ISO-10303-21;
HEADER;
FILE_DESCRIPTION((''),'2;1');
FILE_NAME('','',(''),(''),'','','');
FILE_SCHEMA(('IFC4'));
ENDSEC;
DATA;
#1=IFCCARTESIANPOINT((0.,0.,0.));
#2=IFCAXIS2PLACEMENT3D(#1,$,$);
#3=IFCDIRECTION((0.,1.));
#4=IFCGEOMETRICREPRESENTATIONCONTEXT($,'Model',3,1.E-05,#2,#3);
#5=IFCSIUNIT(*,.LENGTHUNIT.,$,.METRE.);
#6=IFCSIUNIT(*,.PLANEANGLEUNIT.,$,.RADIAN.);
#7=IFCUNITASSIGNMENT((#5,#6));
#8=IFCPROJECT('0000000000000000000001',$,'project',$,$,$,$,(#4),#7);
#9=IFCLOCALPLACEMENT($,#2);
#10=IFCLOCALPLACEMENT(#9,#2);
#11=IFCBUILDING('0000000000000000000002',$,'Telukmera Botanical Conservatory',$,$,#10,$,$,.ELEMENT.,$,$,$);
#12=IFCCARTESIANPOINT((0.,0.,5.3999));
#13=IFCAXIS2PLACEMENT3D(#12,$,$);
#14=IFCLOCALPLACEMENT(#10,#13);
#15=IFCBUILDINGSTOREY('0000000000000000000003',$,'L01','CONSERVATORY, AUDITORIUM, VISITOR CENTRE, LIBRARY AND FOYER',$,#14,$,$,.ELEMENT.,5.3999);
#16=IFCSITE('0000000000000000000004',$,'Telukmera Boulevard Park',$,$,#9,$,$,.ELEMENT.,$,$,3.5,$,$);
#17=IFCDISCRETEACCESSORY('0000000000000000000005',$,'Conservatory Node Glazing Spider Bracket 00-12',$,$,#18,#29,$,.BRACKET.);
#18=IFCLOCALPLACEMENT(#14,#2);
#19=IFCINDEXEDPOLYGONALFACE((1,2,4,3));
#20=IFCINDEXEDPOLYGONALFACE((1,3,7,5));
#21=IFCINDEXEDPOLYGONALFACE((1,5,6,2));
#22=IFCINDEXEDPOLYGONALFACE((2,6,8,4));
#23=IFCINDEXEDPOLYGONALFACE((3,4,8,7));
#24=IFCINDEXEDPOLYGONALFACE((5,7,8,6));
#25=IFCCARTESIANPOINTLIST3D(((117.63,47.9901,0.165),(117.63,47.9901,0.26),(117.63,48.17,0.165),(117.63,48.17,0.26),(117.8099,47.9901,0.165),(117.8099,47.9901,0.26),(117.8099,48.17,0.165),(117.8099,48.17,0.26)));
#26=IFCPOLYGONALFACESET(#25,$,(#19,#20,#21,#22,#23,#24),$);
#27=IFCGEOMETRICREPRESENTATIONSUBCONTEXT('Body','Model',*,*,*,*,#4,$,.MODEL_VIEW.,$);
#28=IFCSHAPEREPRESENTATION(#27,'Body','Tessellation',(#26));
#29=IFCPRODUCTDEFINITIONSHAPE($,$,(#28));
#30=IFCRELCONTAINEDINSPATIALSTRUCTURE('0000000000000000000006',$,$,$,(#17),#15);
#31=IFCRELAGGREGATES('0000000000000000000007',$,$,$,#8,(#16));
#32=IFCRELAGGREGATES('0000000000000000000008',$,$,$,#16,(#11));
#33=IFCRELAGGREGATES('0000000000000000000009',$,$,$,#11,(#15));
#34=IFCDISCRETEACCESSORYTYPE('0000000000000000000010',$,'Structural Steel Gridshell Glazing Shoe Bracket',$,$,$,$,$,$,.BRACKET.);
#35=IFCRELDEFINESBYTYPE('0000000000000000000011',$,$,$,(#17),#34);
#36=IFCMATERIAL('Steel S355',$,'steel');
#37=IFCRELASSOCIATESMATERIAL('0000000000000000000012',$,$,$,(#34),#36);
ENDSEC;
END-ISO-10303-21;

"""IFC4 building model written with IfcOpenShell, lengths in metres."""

from ifc_helpers import new_model, si_unit, direction, frame, origin, origin_2d, place, context, subcontext, project, spatial, rectangle, extrude, material, type_object, element, save


model = new_model("IFC4")

# Units and contexts
model_context = context("Model", 3, precision=1e-05, world=origin(), true_north=direction((0.0, 1.0)))
body_context = subcontext(model_context, "Body", "Model", "MODEL_VIEW")
ifc_project = project(units=[si_unit("LENGTHUNIT", "METRE"), si_unit("PLANEANGLEUNIT", "RADIAN")], contexts=[model_context])

# Site, building, storey
site_placement = place(None, origin())
site = spatial("IfcSite", under=ifc_project, at=site_placement, Name="Telukmera Boulevard Park", CompositionType="ELEMENT", RefElevation=3.5)
building_placement = place(site_placement, origin())
building = spatial("IfcBuilding", under=site, at=building_placement, Name="Telukmera Botanical Conservatory", CompositionType="ELEMENT")
storey_placement = place(building_placement, frame((0.0, 0.0, 5.3999)))
storey = spatial("IfcBuildingStorey", under=building, at=storey_placement, Name="L01", Description="CONSERVATORY, AUDITORIUM, VISITOR CENTRE, LIBRARY AND FOYER", CompositionType="ELEMENT", Elevation=5.3999)

# Shared definitions
ifc_material_1 = material(Name="Steel S355", Category="steel")

# Discrete accessory
discrete_accessory_type = type_object("IfcDiscreteAccessoryType", Name="Structural Steel Gridshell Glazing Shoe Bracket", PredefinedType="BRACKET", material=ifc_material_1)
for number, where, z_axis, x_axis, name in (
    (1, (117.72, 48.0801, 0.165), (0.0, 0.0, 1.0), (1.0, 0.0, 0.0), "Conservatory Node Glazing Spider Bracket 00-12"),
):
    element("IfcDiscreteAccessory", number, at=place(storey_placement, frame(where, z_axis=z_axis, x_axis=x_axis)), inside=storey, type_object=discrete_accessory_type, Name=name, PredefinedType="BRACKET", context=body_context, shape_type="SweptSolid", body=[
        extrude(rectangle(XDim=0.1799, YDim=0.1799, at=origin_2d()), origin(), (0.0, 0.0, 1.0), 0.095),
    ])

save(model, "model.ifc")
